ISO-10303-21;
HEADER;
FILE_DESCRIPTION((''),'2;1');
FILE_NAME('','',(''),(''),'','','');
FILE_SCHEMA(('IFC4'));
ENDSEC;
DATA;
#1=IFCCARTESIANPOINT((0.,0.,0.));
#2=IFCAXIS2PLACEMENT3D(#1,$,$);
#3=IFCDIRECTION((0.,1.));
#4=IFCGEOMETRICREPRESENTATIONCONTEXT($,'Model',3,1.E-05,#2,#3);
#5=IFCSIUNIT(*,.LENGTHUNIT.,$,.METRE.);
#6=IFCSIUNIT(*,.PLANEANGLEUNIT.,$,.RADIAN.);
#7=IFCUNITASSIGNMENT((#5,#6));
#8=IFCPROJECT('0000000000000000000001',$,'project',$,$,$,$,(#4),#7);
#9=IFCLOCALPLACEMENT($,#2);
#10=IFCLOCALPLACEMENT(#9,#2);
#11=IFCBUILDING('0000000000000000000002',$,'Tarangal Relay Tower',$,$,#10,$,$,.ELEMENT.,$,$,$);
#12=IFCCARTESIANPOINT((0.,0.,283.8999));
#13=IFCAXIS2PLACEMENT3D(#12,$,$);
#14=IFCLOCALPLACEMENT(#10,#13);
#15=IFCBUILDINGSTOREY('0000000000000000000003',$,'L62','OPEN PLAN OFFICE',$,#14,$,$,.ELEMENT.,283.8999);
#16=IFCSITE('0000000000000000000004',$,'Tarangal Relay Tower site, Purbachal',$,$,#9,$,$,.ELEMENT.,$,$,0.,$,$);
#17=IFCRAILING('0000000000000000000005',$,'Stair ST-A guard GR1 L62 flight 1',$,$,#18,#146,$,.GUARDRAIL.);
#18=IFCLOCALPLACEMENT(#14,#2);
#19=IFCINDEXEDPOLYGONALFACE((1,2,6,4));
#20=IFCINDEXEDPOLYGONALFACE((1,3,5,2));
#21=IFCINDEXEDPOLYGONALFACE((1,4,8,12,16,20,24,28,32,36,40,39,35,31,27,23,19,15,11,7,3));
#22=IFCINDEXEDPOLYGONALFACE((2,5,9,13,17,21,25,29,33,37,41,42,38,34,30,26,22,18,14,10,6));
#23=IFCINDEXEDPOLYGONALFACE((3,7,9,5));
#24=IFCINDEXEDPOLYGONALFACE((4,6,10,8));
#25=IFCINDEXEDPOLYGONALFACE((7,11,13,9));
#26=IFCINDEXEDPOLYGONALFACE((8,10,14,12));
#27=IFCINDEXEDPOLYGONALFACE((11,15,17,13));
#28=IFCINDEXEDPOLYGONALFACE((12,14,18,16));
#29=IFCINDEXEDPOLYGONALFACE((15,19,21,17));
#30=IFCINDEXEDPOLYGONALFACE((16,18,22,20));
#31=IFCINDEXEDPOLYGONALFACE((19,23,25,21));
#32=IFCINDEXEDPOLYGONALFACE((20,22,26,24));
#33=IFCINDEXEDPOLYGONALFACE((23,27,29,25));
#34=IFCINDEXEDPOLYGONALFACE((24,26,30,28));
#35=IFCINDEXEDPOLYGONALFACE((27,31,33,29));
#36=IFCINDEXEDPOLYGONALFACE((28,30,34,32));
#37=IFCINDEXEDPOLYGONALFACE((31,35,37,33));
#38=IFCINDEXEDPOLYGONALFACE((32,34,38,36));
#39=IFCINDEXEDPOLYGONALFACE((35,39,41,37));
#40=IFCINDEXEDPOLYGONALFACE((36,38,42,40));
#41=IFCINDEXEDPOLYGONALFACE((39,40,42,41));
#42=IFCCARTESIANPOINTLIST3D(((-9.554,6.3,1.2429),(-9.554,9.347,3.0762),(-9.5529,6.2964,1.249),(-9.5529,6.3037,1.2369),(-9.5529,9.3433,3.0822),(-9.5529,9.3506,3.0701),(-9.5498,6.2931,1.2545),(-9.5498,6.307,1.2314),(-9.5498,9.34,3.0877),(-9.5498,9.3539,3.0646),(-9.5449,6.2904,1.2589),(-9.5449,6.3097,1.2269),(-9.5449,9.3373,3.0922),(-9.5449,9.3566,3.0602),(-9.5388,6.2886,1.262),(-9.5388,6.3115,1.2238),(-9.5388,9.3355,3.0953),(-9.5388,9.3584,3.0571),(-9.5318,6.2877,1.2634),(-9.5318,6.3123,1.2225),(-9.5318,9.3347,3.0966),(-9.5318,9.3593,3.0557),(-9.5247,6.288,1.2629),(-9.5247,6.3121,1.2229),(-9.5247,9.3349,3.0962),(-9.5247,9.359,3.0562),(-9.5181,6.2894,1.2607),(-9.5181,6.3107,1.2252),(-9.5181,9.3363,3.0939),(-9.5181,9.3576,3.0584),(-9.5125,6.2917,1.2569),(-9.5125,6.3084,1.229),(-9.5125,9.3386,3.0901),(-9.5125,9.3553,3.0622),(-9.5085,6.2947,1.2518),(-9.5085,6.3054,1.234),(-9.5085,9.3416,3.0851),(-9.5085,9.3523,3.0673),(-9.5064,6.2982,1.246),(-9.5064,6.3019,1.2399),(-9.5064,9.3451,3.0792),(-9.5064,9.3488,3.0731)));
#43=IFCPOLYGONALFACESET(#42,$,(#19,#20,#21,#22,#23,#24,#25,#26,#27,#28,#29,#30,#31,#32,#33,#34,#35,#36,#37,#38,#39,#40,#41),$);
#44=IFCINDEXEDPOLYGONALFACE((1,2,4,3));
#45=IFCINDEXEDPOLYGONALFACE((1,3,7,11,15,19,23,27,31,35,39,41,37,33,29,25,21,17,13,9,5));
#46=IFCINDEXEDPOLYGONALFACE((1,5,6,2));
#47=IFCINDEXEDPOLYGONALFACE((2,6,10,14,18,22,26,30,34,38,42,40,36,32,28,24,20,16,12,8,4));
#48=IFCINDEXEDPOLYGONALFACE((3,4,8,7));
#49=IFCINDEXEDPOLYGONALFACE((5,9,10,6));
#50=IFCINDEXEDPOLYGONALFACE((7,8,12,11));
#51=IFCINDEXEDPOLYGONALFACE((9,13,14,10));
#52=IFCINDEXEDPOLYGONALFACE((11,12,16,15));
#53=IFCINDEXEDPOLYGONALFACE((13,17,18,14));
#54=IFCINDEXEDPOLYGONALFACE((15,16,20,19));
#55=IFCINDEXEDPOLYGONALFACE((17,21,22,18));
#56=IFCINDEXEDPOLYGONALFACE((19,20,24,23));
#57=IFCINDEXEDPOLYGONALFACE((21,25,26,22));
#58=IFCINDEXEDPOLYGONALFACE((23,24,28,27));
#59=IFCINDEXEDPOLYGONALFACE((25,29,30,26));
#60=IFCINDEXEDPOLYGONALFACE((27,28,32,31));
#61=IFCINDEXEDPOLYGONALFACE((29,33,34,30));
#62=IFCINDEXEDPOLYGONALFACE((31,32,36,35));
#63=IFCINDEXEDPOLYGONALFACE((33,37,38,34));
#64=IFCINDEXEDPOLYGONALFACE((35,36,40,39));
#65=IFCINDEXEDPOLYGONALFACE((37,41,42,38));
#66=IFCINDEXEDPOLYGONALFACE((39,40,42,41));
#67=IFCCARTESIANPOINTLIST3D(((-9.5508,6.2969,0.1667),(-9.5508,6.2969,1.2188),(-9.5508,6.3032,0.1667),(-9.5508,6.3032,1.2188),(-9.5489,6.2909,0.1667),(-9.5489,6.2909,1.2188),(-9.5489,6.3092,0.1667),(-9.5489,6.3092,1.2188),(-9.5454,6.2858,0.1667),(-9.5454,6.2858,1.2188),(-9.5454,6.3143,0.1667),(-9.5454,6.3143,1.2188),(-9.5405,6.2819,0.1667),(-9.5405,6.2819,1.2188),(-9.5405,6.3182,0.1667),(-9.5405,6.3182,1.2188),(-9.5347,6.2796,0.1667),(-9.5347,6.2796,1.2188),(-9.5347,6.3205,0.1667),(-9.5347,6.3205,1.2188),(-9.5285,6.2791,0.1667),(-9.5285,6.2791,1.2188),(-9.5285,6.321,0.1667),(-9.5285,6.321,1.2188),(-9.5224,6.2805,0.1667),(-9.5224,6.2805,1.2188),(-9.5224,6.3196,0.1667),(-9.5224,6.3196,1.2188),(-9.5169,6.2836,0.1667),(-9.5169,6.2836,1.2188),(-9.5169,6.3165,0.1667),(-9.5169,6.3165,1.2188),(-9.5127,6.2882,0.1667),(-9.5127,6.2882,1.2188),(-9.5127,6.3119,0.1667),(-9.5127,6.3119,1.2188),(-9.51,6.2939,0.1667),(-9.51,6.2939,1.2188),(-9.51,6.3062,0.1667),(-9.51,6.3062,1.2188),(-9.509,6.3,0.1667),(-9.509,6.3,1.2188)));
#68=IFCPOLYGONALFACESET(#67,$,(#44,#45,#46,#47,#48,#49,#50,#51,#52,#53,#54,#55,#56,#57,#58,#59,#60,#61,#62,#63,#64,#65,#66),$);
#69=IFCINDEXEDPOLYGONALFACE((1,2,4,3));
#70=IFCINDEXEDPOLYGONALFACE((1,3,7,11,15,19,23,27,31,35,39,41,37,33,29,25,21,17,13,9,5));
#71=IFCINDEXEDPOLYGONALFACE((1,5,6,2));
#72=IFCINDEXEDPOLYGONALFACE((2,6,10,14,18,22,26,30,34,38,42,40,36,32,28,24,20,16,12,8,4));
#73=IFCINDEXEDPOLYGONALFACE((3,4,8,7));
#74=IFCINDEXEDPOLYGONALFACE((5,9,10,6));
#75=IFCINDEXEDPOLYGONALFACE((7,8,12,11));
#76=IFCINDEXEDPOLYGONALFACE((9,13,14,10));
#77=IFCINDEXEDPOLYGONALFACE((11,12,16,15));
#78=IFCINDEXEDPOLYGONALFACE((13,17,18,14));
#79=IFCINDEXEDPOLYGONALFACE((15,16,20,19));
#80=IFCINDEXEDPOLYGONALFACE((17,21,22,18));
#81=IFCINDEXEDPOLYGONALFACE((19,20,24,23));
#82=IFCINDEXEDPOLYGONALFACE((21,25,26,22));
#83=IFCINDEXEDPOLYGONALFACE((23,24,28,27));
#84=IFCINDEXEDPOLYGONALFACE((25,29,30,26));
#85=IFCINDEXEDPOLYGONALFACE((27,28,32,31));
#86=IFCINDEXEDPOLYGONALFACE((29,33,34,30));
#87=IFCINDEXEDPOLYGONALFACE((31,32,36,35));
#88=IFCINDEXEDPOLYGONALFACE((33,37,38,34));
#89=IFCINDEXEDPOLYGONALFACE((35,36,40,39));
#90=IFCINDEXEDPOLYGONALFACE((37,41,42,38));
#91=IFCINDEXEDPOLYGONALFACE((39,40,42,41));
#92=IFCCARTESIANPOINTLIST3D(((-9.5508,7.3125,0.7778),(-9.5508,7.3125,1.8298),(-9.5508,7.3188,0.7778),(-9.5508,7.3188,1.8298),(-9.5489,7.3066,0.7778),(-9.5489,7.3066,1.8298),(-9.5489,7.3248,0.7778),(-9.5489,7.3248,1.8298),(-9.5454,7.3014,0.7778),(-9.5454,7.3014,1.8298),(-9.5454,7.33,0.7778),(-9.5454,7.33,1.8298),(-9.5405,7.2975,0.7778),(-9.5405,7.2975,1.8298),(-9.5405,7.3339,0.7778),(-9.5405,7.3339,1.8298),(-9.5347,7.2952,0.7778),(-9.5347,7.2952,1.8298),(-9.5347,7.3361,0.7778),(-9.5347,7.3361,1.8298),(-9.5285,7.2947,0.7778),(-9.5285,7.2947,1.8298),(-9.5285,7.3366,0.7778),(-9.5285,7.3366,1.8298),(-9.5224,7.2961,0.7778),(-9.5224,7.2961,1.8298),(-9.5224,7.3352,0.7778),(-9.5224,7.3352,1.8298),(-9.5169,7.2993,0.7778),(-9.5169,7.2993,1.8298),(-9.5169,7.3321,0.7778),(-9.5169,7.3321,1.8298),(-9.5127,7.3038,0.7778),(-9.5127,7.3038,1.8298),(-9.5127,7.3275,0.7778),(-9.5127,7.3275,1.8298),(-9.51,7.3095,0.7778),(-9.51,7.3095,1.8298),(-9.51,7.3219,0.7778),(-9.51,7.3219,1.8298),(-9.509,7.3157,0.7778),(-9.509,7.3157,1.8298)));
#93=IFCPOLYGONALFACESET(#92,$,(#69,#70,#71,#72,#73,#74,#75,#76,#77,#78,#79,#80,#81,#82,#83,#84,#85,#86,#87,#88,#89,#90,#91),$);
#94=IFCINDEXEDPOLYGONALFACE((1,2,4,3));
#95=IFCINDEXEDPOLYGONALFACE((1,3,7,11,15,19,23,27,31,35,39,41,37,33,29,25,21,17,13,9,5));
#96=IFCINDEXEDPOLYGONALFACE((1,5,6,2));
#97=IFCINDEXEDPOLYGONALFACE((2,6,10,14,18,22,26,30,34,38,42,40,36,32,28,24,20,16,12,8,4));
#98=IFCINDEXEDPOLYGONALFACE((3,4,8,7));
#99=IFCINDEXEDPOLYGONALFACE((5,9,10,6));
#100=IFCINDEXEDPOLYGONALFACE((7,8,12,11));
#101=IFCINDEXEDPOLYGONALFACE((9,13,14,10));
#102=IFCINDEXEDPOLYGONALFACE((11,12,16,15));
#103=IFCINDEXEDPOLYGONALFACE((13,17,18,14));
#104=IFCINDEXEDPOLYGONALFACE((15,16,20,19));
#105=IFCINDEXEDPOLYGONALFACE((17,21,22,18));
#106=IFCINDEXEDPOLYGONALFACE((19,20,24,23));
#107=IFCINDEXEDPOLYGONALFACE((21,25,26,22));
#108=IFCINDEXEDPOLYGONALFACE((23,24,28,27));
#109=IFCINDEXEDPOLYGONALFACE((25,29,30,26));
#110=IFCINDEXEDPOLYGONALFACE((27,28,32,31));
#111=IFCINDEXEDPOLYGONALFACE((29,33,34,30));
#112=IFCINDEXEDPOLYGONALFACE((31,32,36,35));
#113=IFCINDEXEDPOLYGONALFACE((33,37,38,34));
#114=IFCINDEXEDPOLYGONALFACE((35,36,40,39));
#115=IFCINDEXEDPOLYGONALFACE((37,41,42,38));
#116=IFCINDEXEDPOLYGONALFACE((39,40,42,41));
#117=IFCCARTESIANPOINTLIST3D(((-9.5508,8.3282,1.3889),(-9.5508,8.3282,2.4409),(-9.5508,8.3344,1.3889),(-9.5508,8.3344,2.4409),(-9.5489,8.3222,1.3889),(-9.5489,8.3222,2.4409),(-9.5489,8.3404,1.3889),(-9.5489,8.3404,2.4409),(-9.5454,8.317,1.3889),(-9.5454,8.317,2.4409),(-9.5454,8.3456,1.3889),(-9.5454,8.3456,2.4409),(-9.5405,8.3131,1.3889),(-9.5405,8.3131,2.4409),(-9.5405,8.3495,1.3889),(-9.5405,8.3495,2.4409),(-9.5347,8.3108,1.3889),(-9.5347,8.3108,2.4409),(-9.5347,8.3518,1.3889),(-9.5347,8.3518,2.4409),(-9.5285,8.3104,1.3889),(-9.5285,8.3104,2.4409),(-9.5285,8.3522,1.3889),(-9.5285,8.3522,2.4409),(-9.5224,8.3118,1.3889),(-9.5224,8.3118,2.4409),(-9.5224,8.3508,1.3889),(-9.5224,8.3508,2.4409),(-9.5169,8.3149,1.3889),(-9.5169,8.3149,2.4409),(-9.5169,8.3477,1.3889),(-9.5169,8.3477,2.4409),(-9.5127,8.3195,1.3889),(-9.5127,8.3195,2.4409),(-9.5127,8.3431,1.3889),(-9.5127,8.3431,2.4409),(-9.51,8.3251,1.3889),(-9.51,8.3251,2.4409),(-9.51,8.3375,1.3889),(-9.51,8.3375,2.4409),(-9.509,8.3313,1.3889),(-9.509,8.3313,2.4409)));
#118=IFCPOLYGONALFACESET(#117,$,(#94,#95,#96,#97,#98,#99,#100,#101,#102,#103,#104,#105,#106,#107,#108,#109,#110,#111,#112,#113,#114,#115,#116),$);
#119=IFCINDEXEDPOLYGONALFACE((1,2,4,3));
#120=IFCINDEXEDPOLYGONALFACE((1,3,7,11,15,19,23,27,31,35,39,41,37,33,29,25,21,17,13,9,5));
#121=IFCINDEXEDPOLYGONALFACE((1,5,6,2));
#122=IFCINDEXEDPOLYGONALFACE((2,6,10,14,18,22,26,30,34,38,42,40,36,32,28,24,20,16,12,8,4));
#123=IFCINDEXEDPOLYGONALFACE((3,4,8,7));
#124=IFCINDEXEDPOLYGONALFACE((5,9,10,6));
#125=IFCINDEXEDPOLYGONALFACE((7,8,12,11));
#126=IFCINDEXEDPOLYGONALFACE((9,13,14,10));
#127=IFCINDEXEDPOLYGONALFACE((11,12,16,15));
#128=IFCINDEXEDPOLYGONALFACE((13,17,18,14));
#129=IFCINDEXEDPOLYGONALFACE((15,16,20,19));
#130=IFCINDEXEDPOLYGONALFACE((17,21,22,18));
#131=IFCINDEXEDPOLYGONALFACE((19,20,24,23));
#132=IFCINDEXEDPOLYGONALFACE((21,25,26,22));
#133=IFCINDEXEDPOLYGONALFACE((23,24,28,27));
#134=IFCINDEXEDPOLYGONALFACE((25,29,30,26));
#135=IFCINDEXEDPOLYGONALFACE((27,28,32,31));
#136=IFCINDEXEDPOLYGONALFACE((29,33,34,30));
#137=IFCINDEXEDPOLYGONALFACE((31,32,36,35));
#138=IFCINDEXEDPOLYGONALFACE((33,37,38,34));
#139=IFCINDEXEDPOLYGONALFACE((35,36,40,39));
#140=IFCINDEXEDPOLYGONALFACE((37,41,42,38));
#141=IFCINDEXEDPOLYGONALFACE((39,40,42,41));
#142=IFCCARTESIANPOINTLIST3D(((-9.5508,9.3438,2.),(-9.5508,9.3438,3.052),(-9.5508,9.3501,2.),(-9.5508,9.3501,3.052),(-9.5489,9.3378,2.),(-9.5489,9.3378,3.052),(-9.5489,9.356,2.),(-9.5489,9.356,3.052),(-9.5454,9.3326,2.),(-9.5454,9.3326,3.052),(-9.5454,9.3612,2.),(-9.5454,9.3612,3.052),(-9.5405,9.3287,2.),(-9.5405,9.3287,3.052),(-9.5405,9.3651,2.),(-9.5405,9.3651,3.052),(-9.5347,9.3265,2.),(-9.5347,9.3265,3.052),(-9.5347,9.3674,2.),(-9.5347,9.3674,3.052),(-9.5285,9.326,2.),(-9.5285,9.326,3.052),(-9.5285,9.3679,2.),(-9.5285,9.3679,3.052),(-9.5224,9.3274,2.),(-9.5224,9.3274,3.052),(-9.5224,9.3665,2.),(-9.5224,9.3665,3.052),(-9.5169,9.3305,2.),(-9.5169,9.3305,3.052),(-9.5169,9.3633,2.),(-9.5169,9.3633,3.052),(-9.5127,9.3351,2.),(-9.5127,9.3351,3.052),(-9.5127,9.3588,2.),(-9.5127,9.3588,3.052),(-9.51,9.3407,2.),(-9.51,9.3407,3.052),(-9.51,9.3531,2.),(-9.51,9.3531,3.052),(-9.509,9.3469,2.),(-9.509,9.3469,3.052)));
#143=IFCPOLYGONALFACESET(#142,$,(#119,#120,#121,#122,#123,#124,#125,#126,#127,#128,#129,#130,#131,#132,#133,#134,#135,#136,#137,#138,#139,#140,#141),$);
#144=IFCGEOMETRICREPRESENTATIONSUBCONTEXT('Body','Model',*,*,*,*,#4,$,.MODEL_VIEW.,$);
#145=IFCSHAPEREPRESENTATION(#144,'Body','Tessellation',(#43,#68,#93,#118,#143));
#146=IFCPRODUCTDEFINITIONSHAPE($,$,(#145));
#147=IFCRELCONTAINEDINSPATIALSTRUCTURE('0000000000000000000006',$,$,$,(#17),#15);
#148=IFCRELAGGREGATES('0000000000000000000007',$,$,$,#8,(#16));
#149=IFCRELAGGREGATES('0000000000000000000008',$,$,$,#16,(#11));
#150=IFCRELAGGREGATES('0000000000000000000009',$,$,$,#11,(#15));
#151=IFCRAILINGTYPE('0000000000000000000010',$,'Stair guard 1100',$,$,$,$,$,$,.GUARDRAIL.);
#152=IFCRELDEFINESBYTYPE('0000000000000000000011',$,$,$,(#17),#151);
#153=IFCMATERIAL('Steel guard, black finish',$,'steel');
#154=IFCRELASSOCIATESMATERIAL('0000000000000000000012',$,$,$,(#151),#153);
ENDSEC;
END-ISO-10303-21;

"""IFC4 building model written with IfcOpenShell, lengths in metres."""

from ifc_helpers import new_model, si_unit, direction, frame, origin, origin_2d, place, context, subcontext, project, spatial, circle, extrude, material, type_object, element, save


model = new_model("IFC4")

# Units and contexts
model_context = context("Model", 3, precision=1e-05, world=origin(), true_north=direction((0.0, 1.0)))
body_context = subcontext(model_context, "Body", "Model", "MODEL_VIEW")
ifc_project = project(units=[si_unit("LENGTHUNIT", "METRE"), si_unit("PLANEANGLEUNIT", "RADIAN")], contexts=[model_context])

# Site, building, storey
site_placement = place(None, origin())
site = spatial("IfcSite", under=ifc_project, at=site_placement, Name="Tarangal Relay Tower site, Purbachal", CompositionType="ELEMENT", RefElevation=0.0)
building_placement = place(site_placement, origin())
building = spatial("IfcBuilding", under=site, at=building_placement, Name="Tarangal Relay Tower", CompositionType="ELEMENT")
storey_placement = place(building_placement, frame((0.0, 0.0, 283.8999)))
storey = spatial("IfcBuildingStorey", under=building, at=storey_placement, Name="L62", Description="OPEN PLAN OFFICE", CompositionType="ELEMENT", Elevation=283.8999)

# Railing
ifc_material_1 = material(Name="Steel guard, black finish", Category="steel")
railing_type_1 = type_object("IfcRailingType", Name="Stair guard 1100", PredefinedType="GUARDRAIL", material=ifc_material_1)
railing_1_placement = place(storey_placement, frame((-9.53, 6.3, 0.1667)))
element("IfcRailing", 1, at=railing_1_placement, inside=storey, type_object=railing_type_1, Name="Stair ST-A guard GR1 L62 flight 1", PredefinedType="GUARDRAIL", context=body_context, shape_type="SweptSolid", body=[
    extrude(circle(Radius=0.0239, at=origin_2d()), frame((0.0, 0.0, 1.0762), z_axis=(0.0, 0.856856, 0.515556), x_axis=(-1.0, 0.0, 0.0)), (0.0, 0.0, 1.0), 3.5559),
    extrude(circle(Radius=0.021, at=origin_2d()), origin(), (0.0, 0.0, 1.0), 1.052),
    extrude(circle(Radius=0.021, at=origin_2d()), frame((0.0, 1.0156, 0.6111)), (0.0, 0.0, 1.0), 1.052),
    extrude(circle(Radius=0.021, at=origin_2d()), frame((0.0, 2.0312, 1.2222)), (0.0, 0.0, 1.0), 1.052),
    extrude(circle(Radius=0.021, at=origin_2d()), frame((0.0, 3.0469, 1.8333)), (0.0, 0.0, 1.0), 1.052),
])

save(model, "model.ifc")
